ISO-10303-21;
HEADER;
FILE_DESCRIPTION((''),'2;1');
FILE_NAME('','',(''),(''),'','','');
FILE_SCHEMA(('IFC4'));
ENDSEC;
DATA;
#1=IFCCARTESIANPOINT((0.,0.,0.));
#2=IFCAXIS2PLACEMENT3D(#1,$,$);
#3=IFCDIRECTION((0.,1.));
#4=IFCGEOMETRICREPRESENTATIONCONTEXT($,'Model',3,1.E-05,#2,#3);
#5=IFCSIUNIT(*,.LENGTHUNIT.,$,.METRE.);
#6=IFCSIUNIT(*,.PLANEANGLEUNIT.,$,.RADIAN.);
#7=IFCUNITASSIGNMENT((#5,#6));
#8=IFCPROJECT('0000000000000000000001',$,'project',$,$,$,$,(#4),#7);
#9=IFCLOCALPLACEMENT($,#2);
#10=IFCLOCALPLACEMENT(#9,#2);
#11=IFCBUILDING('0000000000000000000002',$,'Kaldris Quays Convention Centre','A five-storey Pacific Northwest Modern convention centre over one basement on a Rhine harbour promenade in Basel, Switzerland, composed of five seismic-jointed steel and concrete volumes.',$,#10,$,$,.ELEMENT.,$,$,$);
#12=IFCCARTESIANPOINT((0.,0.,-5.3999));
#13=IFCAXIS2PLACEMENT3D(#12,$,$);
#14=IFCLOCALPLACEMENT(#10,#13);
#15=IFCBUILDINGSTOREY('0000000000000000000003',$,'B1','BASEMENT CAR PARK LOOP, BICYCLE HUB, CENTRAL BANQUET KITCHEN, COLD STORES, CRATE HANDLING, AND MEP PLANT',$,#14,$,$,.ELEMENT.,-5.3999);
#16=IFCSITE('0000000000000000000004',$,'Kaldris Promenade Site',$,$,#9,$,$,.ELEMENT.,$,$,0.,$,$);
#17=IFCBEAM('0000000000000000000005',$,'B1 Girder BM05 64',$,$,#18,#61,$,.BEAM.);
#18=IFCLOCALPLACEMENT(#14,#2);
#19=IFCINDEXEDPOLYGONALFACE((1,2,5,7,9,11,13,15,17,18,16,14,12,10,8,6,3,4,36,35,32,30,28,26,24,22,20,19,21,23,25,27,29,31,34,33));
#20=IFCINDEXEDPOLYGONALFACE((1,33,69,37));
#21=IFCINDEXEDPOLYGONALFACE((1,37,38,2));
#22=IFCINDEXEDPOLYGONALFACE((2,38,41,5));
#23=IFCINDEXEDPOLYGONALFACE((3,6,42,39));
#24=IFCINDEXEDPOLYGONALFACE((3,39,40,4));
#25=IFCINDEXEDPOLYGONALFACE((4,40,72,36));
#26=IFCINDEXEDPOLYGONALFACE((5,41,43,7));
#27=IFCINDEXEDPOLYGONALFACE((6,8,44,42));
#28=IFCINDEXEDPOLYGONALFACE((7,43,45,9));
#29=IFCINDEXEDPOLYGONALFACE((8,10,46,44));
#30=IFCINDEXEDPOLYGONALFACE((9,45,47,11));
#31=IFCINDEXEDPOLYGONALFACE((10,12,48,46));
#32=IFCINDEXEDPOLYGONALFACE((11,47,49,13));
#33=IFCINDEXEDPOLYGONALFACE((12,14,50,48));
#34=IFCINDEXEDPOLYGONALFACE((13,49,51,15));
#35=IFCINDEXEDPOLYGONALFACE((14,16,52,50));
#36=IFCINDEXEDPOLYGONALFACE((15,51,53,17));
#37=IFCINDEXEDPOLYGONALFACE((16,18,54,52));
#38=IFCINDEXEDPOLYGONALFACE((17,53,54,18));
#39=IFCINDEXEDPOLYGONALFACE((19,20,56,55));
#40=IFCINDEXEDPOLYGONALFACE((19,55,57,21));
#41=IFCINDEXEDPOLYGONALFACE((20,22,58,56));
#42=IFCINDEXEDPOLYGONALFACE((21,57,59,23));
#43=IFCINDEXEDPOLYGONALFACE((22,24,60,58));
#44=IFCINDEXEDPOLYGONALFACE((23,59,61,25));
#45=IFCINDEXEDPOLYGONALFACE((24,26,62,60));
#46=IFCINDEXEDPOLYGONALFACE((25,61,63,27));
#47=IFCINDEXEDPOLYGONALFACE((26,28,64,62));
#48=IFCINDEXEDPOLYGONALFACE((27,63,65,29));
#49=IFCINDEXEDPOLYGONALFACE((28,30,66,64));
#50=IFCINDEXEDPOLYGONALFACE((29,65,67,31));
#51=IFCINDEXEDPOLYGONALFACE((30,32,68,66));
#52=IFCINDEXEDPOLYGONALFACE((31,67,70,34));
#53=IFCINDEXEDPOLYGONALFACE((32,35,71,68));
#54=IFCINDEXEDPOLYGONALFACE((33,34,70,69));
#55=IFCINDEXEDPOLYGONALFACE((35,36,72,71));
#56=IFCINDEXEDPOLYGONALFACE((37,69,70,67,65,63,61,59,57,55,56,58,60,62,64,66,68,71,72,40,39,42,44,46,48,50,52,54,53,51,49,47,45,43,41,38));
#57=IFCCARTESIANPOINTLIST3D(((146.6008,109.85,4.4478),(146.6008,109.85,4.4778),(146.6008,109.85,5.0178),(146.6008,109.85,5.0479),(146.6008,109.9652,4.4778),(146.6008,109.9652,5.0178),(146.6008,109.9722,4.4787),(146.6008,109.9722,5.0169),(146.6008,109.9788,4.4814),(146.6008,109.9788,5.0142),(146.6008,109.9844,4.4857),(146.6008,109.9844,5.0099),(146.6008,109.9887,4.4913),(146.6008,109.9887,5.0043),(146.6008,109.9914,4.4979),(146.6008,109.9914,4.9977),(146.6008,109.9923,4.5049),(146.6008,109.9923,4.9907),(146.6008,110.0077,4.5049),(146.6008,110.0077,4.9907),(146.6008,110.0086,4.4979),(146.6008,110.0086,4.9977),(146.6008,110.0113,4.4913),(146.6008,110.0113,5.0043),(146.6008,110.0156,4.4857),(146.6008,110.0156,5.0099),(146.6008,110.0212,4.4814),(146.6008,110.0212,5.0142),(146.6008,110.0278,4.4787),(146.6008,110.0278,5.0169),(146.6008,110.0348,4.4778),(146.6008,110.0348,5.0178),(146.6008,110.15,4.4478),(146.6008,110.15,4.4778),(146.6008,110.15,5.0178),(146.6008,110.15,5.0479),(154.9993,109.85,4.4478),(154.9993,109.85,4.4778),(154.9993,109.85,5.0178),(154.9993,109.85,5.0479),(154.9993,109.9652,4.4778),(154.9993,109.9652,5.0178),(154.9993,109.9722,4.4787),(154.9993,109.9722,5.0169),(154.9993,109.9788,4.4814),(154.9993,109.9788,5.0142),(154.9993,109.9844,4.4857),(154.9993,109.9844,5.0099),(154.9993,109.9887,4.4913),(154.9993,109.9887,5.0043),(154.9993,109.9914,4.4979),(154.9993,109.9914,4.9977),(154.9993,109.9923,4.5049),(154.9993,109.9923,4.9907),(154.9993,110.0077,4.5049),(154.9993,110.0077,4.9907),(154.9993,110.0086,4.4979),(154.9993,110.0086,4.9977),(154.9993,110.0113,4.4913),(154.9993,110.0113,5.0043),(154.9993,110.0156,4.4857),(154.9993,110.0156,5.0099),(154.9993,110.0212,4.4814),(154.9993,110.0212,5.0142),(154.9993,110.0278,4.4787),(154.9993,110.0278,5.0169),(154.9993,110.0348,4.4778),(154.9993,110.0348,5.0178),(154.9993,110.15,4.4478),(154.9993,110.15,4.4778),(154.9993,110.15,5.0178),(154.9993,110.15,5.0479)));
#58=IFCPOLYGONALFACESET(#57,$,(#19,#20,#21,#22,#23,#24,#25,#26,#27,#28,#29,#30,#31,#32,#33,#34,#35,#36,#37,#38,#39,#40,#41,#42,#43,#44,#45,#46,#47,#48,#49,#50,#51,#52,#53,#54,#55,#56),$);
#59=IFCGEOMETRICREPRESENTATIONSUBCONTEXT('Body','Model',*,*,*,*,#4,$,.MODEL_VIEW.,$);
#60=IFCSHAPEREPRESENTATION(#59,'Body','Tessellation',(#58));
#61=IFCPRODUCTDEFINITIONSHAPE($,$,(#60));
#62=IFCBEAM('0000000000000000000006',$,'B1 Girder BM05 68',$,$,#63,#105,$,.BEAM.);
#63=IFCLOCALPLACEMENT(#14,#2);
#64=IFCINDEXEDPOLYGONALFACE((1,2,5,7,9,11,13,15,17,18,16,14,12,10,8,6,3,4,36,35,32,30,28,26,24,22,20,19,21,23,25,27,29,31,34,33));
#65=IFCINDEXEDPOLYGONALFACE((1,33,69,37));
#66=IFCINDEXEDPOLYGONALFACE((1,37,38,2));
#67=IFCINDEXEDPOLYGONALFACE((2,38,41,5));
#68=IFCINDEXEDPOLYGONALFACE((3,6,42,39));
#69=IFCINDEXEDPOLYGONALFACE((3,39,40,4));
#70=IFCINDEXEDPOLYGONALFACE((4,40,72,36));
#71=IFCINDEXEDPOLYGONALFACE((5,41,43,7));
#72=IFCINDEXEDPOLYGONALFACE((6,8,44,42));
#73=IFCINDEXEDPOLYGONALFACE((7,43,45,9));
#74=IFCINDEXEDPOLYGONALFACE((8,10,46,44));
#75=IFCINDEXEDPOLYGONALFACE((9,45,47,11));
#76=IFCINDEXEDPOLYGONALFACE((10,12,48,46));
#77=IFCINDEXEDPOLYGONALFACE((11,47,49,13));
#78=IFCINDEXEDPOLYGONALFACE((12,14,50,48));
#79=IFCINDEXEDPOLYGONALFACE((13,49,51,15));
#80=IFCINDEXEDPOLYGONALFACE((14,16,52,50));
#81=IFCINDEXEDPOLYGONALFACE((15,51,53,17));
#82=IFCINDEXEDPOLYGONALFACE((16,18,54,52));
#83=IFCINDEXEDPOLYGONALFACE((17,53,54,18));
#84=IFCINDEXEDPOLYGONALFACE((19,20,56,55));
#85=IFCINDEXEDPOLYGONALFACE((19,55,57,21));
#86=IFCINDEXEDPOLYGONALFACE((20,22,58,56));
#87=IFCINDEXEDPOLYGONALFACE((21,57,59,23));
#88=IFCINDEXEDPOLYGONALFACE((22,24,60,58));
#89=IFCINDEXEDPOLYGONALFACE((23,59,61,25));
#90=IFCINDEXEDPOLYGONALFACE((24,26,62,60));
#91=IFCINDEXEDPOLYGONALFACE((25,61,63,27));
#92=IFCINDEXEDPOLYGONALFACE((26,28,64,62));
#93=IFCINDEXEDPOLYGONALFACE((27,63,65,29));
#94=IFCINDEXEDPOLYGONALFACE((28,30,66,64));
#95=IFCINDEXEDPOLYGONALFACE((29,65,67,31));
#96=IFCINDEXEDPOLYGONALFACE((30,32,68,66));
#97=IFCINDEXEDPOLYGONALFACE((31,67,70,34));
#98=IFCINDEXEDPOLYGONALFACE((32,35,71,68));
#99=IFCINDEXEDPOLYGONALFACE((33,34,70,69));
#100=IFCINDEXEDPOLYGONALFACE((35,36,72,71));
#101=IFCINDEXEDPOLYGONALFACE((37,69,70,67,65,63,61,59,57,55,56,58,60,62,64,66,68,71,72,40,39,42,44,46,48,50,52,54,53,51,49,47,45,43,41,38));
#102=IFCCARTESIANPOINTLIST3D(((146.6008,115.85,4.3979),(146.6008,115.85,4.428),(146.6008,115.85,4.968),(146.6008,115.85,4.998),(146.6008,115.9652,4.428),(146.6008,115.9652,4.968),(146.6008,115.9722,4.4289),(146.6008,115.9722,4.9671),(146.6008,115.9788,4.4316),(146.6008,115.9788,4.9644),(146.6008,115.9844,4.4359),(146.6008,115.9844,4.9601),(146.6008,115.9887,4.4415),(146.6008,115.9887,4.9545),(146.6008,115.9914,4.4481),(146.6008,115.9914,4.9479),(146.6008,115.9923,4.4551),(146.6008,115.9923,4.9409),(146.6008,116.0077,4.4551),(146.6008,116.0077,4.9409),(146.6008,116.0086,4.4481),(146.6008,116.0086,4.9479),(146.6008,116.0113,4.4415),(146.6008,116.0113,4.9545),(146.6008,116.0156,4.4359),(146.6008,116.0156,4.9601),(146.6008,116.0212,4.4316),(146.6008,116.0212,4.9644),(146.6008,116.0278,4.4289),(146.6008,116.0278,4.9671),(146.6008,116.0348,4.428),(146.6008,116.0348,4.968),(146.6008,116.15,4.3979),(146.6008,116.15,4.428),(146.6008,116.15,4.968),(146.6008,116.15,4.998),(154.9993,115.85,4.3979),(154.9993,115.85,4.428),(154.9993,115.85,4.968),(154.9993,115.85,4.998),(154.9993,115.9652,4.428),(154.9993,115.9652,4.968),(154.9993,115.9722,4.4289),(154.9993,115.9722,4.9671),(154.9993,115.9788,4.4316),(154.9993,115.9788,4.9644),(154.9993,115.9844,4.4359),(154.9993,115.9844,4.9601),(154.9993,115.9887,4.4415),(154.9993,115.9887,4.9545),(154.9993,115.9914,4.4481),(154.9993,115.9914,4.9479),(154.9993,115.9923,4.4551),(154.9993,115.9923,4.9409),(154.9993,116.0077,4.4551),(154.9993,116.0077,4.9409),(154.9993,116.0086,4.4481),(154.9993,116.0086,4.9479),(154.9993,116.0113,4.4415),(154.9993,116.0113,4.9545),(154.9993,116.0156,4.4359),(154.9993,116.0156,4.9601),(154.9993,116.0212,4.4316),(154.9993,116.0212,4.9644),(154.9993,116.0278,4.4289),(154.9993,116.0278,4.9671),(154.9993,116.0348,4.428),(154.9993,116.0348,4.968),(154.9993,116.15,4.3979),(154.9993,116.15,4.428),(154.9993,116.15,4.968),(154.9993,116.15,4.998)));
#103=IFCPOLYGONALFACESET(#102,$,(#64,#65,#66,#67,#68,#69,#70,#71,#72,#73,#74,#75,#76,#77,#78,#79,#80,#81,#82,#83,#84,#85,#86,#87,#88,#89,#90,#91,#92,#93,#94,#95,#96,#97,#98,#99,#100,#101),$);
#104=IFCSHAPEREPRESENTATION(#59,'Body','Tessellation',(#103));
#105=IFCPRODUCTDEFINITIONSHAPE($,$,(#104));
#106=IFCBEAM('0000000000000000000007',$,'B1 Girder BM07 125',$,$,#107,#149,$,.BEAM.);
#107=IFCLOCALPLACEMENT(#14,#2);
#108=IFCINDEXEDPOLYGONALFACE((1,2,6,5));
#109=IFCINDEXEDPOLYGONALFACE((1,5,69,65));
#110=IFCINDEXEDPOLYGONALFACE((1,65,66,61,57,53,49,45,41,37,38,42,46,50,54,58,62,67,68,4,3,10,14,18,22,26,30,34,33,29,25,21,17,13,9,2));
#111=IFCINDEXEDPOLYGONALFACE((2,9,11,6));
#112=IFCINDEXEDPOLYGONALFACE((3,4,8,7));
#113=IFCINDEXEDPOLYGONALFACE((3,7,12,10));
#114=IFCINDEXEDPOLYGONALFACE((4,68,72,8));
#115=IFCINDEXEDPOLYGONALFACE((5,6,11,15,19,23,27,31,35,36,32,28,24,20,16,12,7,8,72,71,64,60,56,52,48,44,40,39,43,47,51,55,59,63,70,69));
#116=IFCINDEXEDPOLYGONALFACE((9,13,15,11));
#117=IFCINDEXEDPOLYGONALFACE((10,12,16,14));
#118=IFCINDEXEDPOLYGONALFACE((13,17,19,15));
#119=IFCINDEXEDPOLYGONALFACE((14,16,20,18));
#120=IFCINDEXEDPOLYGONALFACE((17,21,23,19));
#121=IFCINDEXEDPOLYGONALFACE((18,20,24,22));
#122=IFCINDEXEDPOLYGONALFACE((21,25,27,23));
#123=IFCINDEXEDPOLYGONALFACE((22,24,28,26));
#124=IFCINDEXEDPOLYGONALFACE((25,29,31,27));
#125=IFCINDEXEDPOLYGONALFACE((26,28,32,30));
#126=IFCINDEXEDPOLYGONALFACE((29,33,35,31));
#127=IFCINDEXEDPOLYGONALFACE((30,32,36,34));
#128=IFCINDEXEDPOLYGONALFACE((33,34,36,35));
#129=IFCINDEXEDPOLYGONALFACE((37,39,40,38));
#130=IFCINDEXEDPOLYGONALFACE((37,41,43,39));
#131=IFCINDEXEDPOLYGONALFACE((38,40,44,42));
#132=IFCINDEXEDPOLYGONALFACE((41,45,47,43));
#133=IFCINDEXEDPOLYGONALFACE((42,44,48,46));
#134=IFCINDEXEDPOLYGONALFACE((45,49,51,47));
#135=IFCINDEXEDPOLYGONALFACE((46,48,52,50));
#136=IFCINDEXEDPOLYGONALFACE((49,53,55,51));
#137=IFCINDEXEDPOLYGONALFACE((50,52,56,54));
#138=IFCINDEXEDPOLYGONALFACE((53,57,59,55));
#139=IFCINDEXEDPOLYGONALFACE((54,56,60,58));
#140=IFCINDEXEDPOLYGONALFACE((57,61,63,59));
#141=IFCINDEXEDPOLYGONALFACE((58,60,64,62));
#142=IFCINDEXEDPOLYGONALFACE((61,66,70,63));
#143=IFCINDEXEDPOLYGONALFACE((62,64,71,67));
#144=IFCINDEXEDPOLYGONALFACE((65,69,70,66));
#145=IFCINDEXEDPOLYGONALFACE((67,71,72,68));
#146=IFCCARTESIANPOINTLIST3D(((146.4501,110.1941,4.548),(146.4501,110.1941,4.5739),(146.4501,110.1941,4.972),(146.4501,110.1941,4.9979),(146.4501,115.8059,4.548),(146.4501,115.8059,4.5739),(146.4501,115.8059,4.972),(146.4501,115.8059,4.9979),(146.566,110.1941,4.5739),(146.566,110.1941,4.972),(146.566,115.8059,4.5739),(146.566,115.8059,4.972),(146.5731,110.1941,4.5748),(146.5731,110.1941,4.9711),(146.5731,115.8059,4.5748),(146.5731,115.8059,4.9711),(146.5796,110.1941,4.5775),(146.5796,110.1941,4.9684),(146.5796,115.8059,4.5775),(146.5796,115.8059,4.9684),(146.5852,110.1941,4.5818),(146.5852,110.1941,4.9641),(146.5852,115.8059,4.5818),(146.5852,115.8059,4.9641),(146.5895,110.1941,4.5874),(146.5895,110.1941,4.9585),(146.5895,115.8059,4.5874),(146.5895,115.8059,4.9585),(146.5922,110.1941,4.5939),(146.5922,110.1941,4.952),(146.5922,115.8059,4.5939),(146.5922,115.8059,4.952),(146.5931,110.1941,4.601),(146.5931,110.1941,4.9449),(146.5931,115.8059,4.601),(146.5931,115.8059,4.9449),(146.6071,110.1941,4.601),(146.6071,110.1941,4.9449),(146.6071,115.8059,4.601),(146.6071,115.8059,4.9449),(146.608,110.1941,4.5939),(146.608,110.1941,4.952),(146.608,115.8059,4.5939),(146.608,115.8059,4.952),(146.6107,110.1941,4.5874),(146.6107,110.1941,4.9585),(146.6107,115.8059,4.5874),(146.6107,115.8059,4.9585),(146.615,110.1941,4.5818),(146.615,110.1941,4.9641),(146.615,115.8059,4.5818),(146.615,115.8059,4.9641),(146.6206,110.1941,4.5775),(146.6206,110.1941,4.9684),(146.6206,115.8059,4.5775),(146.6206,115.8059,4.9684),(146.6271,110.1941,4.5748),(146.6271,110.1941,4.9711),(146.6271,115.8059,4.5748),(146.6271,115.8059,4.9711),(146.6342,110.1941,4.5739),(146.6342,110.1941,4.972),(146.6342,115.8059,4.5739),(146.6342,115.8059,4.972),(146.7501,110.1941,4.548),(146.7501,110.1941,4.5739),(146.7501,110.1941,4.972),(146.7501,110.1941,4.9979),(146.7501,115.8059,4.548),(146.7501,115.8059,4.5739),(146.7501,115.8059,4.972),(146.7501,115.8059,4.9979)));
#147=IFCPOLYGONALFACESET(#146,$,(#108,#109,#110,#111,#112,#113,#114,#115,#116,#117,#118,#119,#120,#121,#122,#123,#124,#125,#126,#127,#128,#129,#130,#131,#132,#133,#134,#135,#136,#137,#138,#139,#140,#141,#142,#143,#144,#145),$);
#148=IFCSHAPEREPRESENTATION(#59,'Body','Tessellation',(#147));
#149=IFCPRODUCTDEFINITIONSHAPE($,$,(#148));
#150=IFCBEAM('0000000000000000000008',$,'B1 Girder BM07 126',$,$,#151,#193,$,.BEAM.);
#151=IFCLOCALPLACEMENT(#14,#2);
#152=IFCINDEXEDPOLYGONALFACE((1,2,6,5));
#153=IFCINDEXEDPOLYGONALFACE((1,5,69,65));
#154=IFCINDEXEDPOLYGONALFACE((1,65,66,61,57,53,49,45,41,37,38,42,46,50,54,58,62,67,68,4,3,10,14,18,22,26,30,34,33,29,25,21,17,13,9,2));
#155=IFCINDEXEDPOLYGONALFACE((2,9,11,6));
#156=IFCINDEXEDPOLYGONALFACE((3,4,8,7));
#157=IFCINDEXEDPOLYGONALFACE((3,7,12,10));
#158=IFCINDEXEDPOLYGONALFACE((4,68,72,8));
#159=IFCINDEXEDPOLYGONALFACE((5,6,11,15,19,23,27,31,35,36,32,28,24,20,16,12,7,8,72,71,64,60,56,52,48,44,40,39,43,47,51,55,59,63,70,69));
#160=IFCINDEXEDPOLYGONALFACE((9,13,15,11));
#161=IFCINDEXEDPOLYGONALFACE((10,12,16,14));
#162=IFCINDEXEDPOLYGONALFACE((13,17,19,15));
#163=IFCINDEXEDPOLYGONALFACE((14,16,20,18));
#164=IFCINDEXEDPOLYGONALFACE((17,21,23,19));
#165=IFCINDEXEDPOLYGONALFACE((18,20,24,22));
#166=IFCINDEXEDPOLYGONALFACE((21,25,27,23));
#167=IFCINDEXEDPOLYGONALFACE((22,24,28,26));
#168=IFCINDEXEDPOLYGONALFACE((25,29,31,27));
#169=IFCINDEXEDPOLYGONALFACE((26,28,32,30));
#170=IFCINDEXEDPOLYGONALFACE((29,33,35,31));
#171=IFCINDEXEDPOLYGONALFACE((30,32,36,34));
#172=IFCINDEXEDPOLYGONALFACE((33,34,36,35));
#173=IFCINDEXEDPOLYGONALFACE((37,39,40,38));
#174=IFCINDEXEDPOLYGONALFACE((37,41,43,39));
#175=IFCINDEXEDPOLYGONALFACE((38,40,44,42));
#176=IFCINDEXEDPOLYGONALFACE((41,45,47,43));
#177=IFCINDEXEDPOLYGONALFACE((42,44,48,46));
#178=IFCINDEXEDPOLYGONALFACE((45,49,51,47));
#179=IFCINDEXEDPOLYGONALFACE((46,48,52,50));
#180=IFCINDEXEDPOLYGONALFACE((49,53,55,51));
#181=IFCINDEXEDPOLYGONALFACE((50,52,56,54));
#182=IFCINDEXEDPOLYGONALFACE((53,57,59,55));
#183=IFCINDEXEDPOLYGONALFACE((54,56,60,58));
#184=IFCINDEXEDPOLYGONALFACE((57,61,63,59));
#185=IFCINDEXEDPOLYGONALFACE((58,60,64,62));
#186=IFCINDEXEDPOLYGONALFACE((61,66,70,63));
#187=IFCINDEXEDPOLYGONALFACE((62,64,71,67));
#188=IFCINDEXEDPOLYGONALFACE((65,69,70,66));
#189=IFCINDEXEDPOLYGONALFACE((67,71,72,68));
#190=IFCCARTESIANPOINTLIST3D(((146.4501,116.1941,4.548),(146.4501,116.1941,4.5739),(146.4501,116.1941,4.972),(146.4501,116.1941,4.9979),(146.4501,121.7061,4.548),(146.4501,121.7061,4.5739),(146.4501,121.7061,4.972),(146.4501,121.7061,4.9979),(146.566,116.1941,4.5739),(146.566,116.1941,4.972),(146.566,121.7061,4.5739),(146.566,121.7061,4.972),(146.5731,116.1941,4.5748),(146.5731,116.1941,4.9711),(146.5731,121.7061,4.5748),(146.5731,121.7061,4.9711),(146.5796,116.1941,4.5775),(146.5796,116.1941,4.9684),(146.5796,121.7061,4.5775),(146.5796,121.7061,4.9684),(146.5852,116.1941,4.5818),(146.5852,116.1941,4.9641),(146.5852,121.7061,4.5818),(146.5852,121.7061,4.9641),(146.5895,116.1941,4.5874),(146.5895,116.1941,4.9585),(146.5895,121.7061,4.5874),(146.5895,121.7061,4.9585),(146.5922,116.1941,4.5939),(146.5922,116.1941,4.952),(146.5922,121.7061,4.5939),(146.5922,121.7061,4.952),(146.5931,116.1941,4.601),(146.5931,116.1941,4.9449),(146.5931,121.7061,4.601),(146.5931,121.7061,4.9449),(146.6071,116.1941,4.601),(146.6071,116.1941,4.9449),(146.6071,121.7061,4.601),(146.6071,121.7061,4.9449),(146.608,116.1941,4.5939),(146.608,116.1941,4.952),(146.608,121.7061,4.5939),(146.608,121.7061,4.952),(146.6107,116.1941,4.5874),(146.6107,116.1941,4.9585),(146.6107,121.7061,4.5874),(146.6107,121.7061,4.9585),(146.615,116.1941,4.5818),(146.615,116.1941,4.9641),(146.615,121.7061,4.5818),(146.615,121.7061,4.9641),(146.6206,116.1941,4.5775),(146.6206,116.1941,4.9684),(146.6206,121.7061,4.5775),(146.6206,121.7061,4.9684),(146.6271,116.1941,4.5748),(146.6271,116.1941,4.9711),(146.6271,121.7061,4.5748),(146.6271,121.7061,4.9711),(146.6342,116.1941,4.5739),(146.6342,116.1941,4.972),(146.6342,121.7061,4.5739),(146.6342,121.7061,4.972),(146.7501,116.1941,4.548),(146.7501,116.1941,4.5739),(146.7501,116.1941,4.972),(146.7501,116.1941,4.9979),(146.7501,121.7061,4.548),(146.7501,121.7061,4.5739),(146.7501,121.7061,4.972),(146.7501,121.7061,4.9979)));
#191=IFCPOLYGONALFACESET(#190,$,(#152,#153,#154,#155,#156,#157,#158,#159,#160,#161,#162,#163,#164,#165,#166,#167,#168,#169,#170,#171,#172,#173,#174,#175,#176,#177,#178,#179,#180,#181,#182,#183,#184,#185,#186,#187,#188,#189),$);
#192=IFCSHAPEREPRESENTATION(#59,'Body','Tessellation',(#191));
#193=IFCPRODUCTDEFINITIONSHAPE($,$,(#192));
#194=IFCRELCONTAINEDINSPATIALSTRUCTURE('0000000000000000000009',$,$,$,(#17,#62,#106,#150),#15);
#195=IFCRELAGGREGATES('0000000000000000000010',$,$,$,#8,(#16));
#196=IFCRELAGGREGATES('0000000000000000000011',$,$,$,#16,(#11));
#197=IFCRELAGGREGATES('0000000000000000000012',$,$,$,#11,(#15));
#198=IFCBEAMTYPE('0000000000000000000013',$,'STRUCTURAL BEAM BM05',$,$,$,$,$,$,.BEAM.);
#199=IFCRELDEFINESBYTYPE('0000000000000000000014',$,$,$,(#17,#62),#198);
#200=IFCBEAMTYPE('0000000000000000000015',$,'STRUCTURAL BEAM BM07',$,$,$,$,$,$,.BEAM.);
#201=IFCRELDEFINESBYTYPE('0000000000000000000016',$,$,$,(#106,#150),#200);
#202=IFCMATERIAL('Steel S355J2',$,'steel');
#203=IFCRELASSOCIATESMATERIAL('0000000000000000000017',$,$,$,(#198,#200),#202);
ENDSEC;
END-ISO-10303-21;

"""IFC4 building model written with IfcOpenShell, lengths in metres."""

from ifc_helpers import new_model, si_unit, direction, frame, origin, origin_2d, place, context, subcontext, project, spatial, i_section, extrude, material, material_profile, profile_set, type_object, element, save


model = new_model("IFC4")

# Units and contexts
model_context = context("Model", 3, precision=1e-05, world=origin(), true_north=direction((0.0, 1.0)))
body_context = subcontext(model_context, "Body", "Model", "MODEL_VIEW")
ifc_project = project(units=[si_unit("LENGTHUNIT", "METRE"), si_unit("PLANEANGLEUNIT", "RADIAN")], contexts=[model_context])

# Site, building, storey
site_placement = place(None, origin())
site = spatial("IfcSite", under=ifc_project, at=site_placement, Name="Kaldris Promenade Site", CompositionType="ELEMENT", RefElevation=0.0)
building_placement = place(site_placement, origin())
building = spatial("IfcBuilding", under=site, at=building_placement, Name="Kaldris Quays Convention Centre", Description="A five-storey Pacific Northwest Modern convention centre over one basement on a Rhine harbour promenade in Basel, Switzerland, composed of five seismic-jointed steel and concrete volumes.", CompositionType="ELEMENT")
storey_placement = place(building_placement, frame((0.0, 0.0, -5.3999)))
storey = spatial("IfcBuildingStorey", under=building, at=storey_placement, Name="B1", Description="BASEMENT CAR PARK LOOP, BICYCLE HUB, CENTRAL BANQUET KITCHEN, COLD STORES, CRATE HANDLING, AND MEP PLANT", CompositionType="ELEMENT", Elevation=-5.3999)

# Shared definitions
ifc_material_1 = material(Name="Steel S355J2", Category="steel")

# Beams
ifc_material_profile_1 = material_profile(ifc_material_1, i_section(OverallWidth=0.3, OverallDepth=0.6001, WebThickness=0.0154, FlangeThickness=0.03, FilletRadius=0.0271, at=origin_2d()), Name="HEB 600")
ifc_profile_set_1 = profile_set([ifc_material_profile_1], Name="Steel S355J2")
beam_type_1 = type_object("IfcBeamType", Name="STRUCTURAL BEAM BM05", PredefinedType="BEAM", material=ifc_profile_set_1)
for number, where, z_axis, x_axis, name in (
    (1, (146.6008, 110.0, 4.7478), (1.0, 0.0, 0.0), (0.0, 1.0, 0.0), "B1 Girder BM05 64"),
    (2, (146.6008, 116.0, 4.698), (1.0, 0.0, 0.0), (0.0, 1.0, 0.0), "B1 Girder BM05 68"),
):
    element("IfcBeam", number, at=place(storey_placement, frame(where, z_axis=z_axis, x_axis=x_axis)), inside=storey, type_object=beam_type_1, Name=name, PredefinedType="BEAM", context=body_context, shape_type="SweptSolid", body=[
        extrude(i_section(OverallWidth=0.3, OverallDepth=0.6001, WebThickness=0.0154, FlangeThickness=0.03, FilletRadius=0.0271, at=origin_2d()), origin(), (0.0, 0.0, 1.0), 8.3984),
    ])
ifc_material_profile_2 = material_profile(ifc_material_1, i_section(OverallWidth=0.3, OverallDepth=0.45, WebThickness=0.0139, FlangeThickness=0.0259, FilletRadius=0.0271, at=origin_2d()), Name="HEB 450")
ifc_profile_set_2 = profile_set([ifc_material_profile_2], Name="Steel S355J2")
beam_type_2 = type_object("IfcBeamType", Name="STRUCTURAL BEAM BM07", PredefinedType="BEAM", material=ifc_profile_set_2)
beam_1_placement = place(storey_placement, frame((146.6001, 110.1941, 4.7729), z_axis=(0.0, 1.0, 0.0), x_axis=(-1.0, 0.0, 0.0)))
element("IfcBeam", 3, at=beam_1_placement, inside=storey, type_object=beam_type_2, Name="B1 Girder BM07 125", PredefinedType="BEAM", context=body_context, shape_type="SweptSolid", body=[
    extrude(i_section(OverallWidth=0.3, OverallDepth=0.45, WebThickness=0.0139, FlangeThickness=0.0259, FilletRadius=0.0271, at=origin_2d()), origin(), (0.0, 0.0, 1.0), 5.6118),
])
beam_2_placement = place(storey_placement, frame((146.6001, 116.1941, 4.7729), z_axis=(0.0, 1.0, 0.0), x_axis=(-1.0, 0.0, 0.0)))
element("IfcBeam", 4, at=beam_2_placement, inside=storey, type_object=beam_type_2, Name="B1 Girder BM07 126", PredefinedType="BEAM", context=body_context, shape_type="SweptSolid", body=[
    extrude(i_section(OverallWidth=0.3, OverallDepth=0.45, WebThickness=0.0139, FlangeThickness=0.0259, FilletRadius=0.0271, at=origin_2d()), origin(), (0.0, 0.0, 1.0), 5.512),
])

save(model, "model.ifc")
